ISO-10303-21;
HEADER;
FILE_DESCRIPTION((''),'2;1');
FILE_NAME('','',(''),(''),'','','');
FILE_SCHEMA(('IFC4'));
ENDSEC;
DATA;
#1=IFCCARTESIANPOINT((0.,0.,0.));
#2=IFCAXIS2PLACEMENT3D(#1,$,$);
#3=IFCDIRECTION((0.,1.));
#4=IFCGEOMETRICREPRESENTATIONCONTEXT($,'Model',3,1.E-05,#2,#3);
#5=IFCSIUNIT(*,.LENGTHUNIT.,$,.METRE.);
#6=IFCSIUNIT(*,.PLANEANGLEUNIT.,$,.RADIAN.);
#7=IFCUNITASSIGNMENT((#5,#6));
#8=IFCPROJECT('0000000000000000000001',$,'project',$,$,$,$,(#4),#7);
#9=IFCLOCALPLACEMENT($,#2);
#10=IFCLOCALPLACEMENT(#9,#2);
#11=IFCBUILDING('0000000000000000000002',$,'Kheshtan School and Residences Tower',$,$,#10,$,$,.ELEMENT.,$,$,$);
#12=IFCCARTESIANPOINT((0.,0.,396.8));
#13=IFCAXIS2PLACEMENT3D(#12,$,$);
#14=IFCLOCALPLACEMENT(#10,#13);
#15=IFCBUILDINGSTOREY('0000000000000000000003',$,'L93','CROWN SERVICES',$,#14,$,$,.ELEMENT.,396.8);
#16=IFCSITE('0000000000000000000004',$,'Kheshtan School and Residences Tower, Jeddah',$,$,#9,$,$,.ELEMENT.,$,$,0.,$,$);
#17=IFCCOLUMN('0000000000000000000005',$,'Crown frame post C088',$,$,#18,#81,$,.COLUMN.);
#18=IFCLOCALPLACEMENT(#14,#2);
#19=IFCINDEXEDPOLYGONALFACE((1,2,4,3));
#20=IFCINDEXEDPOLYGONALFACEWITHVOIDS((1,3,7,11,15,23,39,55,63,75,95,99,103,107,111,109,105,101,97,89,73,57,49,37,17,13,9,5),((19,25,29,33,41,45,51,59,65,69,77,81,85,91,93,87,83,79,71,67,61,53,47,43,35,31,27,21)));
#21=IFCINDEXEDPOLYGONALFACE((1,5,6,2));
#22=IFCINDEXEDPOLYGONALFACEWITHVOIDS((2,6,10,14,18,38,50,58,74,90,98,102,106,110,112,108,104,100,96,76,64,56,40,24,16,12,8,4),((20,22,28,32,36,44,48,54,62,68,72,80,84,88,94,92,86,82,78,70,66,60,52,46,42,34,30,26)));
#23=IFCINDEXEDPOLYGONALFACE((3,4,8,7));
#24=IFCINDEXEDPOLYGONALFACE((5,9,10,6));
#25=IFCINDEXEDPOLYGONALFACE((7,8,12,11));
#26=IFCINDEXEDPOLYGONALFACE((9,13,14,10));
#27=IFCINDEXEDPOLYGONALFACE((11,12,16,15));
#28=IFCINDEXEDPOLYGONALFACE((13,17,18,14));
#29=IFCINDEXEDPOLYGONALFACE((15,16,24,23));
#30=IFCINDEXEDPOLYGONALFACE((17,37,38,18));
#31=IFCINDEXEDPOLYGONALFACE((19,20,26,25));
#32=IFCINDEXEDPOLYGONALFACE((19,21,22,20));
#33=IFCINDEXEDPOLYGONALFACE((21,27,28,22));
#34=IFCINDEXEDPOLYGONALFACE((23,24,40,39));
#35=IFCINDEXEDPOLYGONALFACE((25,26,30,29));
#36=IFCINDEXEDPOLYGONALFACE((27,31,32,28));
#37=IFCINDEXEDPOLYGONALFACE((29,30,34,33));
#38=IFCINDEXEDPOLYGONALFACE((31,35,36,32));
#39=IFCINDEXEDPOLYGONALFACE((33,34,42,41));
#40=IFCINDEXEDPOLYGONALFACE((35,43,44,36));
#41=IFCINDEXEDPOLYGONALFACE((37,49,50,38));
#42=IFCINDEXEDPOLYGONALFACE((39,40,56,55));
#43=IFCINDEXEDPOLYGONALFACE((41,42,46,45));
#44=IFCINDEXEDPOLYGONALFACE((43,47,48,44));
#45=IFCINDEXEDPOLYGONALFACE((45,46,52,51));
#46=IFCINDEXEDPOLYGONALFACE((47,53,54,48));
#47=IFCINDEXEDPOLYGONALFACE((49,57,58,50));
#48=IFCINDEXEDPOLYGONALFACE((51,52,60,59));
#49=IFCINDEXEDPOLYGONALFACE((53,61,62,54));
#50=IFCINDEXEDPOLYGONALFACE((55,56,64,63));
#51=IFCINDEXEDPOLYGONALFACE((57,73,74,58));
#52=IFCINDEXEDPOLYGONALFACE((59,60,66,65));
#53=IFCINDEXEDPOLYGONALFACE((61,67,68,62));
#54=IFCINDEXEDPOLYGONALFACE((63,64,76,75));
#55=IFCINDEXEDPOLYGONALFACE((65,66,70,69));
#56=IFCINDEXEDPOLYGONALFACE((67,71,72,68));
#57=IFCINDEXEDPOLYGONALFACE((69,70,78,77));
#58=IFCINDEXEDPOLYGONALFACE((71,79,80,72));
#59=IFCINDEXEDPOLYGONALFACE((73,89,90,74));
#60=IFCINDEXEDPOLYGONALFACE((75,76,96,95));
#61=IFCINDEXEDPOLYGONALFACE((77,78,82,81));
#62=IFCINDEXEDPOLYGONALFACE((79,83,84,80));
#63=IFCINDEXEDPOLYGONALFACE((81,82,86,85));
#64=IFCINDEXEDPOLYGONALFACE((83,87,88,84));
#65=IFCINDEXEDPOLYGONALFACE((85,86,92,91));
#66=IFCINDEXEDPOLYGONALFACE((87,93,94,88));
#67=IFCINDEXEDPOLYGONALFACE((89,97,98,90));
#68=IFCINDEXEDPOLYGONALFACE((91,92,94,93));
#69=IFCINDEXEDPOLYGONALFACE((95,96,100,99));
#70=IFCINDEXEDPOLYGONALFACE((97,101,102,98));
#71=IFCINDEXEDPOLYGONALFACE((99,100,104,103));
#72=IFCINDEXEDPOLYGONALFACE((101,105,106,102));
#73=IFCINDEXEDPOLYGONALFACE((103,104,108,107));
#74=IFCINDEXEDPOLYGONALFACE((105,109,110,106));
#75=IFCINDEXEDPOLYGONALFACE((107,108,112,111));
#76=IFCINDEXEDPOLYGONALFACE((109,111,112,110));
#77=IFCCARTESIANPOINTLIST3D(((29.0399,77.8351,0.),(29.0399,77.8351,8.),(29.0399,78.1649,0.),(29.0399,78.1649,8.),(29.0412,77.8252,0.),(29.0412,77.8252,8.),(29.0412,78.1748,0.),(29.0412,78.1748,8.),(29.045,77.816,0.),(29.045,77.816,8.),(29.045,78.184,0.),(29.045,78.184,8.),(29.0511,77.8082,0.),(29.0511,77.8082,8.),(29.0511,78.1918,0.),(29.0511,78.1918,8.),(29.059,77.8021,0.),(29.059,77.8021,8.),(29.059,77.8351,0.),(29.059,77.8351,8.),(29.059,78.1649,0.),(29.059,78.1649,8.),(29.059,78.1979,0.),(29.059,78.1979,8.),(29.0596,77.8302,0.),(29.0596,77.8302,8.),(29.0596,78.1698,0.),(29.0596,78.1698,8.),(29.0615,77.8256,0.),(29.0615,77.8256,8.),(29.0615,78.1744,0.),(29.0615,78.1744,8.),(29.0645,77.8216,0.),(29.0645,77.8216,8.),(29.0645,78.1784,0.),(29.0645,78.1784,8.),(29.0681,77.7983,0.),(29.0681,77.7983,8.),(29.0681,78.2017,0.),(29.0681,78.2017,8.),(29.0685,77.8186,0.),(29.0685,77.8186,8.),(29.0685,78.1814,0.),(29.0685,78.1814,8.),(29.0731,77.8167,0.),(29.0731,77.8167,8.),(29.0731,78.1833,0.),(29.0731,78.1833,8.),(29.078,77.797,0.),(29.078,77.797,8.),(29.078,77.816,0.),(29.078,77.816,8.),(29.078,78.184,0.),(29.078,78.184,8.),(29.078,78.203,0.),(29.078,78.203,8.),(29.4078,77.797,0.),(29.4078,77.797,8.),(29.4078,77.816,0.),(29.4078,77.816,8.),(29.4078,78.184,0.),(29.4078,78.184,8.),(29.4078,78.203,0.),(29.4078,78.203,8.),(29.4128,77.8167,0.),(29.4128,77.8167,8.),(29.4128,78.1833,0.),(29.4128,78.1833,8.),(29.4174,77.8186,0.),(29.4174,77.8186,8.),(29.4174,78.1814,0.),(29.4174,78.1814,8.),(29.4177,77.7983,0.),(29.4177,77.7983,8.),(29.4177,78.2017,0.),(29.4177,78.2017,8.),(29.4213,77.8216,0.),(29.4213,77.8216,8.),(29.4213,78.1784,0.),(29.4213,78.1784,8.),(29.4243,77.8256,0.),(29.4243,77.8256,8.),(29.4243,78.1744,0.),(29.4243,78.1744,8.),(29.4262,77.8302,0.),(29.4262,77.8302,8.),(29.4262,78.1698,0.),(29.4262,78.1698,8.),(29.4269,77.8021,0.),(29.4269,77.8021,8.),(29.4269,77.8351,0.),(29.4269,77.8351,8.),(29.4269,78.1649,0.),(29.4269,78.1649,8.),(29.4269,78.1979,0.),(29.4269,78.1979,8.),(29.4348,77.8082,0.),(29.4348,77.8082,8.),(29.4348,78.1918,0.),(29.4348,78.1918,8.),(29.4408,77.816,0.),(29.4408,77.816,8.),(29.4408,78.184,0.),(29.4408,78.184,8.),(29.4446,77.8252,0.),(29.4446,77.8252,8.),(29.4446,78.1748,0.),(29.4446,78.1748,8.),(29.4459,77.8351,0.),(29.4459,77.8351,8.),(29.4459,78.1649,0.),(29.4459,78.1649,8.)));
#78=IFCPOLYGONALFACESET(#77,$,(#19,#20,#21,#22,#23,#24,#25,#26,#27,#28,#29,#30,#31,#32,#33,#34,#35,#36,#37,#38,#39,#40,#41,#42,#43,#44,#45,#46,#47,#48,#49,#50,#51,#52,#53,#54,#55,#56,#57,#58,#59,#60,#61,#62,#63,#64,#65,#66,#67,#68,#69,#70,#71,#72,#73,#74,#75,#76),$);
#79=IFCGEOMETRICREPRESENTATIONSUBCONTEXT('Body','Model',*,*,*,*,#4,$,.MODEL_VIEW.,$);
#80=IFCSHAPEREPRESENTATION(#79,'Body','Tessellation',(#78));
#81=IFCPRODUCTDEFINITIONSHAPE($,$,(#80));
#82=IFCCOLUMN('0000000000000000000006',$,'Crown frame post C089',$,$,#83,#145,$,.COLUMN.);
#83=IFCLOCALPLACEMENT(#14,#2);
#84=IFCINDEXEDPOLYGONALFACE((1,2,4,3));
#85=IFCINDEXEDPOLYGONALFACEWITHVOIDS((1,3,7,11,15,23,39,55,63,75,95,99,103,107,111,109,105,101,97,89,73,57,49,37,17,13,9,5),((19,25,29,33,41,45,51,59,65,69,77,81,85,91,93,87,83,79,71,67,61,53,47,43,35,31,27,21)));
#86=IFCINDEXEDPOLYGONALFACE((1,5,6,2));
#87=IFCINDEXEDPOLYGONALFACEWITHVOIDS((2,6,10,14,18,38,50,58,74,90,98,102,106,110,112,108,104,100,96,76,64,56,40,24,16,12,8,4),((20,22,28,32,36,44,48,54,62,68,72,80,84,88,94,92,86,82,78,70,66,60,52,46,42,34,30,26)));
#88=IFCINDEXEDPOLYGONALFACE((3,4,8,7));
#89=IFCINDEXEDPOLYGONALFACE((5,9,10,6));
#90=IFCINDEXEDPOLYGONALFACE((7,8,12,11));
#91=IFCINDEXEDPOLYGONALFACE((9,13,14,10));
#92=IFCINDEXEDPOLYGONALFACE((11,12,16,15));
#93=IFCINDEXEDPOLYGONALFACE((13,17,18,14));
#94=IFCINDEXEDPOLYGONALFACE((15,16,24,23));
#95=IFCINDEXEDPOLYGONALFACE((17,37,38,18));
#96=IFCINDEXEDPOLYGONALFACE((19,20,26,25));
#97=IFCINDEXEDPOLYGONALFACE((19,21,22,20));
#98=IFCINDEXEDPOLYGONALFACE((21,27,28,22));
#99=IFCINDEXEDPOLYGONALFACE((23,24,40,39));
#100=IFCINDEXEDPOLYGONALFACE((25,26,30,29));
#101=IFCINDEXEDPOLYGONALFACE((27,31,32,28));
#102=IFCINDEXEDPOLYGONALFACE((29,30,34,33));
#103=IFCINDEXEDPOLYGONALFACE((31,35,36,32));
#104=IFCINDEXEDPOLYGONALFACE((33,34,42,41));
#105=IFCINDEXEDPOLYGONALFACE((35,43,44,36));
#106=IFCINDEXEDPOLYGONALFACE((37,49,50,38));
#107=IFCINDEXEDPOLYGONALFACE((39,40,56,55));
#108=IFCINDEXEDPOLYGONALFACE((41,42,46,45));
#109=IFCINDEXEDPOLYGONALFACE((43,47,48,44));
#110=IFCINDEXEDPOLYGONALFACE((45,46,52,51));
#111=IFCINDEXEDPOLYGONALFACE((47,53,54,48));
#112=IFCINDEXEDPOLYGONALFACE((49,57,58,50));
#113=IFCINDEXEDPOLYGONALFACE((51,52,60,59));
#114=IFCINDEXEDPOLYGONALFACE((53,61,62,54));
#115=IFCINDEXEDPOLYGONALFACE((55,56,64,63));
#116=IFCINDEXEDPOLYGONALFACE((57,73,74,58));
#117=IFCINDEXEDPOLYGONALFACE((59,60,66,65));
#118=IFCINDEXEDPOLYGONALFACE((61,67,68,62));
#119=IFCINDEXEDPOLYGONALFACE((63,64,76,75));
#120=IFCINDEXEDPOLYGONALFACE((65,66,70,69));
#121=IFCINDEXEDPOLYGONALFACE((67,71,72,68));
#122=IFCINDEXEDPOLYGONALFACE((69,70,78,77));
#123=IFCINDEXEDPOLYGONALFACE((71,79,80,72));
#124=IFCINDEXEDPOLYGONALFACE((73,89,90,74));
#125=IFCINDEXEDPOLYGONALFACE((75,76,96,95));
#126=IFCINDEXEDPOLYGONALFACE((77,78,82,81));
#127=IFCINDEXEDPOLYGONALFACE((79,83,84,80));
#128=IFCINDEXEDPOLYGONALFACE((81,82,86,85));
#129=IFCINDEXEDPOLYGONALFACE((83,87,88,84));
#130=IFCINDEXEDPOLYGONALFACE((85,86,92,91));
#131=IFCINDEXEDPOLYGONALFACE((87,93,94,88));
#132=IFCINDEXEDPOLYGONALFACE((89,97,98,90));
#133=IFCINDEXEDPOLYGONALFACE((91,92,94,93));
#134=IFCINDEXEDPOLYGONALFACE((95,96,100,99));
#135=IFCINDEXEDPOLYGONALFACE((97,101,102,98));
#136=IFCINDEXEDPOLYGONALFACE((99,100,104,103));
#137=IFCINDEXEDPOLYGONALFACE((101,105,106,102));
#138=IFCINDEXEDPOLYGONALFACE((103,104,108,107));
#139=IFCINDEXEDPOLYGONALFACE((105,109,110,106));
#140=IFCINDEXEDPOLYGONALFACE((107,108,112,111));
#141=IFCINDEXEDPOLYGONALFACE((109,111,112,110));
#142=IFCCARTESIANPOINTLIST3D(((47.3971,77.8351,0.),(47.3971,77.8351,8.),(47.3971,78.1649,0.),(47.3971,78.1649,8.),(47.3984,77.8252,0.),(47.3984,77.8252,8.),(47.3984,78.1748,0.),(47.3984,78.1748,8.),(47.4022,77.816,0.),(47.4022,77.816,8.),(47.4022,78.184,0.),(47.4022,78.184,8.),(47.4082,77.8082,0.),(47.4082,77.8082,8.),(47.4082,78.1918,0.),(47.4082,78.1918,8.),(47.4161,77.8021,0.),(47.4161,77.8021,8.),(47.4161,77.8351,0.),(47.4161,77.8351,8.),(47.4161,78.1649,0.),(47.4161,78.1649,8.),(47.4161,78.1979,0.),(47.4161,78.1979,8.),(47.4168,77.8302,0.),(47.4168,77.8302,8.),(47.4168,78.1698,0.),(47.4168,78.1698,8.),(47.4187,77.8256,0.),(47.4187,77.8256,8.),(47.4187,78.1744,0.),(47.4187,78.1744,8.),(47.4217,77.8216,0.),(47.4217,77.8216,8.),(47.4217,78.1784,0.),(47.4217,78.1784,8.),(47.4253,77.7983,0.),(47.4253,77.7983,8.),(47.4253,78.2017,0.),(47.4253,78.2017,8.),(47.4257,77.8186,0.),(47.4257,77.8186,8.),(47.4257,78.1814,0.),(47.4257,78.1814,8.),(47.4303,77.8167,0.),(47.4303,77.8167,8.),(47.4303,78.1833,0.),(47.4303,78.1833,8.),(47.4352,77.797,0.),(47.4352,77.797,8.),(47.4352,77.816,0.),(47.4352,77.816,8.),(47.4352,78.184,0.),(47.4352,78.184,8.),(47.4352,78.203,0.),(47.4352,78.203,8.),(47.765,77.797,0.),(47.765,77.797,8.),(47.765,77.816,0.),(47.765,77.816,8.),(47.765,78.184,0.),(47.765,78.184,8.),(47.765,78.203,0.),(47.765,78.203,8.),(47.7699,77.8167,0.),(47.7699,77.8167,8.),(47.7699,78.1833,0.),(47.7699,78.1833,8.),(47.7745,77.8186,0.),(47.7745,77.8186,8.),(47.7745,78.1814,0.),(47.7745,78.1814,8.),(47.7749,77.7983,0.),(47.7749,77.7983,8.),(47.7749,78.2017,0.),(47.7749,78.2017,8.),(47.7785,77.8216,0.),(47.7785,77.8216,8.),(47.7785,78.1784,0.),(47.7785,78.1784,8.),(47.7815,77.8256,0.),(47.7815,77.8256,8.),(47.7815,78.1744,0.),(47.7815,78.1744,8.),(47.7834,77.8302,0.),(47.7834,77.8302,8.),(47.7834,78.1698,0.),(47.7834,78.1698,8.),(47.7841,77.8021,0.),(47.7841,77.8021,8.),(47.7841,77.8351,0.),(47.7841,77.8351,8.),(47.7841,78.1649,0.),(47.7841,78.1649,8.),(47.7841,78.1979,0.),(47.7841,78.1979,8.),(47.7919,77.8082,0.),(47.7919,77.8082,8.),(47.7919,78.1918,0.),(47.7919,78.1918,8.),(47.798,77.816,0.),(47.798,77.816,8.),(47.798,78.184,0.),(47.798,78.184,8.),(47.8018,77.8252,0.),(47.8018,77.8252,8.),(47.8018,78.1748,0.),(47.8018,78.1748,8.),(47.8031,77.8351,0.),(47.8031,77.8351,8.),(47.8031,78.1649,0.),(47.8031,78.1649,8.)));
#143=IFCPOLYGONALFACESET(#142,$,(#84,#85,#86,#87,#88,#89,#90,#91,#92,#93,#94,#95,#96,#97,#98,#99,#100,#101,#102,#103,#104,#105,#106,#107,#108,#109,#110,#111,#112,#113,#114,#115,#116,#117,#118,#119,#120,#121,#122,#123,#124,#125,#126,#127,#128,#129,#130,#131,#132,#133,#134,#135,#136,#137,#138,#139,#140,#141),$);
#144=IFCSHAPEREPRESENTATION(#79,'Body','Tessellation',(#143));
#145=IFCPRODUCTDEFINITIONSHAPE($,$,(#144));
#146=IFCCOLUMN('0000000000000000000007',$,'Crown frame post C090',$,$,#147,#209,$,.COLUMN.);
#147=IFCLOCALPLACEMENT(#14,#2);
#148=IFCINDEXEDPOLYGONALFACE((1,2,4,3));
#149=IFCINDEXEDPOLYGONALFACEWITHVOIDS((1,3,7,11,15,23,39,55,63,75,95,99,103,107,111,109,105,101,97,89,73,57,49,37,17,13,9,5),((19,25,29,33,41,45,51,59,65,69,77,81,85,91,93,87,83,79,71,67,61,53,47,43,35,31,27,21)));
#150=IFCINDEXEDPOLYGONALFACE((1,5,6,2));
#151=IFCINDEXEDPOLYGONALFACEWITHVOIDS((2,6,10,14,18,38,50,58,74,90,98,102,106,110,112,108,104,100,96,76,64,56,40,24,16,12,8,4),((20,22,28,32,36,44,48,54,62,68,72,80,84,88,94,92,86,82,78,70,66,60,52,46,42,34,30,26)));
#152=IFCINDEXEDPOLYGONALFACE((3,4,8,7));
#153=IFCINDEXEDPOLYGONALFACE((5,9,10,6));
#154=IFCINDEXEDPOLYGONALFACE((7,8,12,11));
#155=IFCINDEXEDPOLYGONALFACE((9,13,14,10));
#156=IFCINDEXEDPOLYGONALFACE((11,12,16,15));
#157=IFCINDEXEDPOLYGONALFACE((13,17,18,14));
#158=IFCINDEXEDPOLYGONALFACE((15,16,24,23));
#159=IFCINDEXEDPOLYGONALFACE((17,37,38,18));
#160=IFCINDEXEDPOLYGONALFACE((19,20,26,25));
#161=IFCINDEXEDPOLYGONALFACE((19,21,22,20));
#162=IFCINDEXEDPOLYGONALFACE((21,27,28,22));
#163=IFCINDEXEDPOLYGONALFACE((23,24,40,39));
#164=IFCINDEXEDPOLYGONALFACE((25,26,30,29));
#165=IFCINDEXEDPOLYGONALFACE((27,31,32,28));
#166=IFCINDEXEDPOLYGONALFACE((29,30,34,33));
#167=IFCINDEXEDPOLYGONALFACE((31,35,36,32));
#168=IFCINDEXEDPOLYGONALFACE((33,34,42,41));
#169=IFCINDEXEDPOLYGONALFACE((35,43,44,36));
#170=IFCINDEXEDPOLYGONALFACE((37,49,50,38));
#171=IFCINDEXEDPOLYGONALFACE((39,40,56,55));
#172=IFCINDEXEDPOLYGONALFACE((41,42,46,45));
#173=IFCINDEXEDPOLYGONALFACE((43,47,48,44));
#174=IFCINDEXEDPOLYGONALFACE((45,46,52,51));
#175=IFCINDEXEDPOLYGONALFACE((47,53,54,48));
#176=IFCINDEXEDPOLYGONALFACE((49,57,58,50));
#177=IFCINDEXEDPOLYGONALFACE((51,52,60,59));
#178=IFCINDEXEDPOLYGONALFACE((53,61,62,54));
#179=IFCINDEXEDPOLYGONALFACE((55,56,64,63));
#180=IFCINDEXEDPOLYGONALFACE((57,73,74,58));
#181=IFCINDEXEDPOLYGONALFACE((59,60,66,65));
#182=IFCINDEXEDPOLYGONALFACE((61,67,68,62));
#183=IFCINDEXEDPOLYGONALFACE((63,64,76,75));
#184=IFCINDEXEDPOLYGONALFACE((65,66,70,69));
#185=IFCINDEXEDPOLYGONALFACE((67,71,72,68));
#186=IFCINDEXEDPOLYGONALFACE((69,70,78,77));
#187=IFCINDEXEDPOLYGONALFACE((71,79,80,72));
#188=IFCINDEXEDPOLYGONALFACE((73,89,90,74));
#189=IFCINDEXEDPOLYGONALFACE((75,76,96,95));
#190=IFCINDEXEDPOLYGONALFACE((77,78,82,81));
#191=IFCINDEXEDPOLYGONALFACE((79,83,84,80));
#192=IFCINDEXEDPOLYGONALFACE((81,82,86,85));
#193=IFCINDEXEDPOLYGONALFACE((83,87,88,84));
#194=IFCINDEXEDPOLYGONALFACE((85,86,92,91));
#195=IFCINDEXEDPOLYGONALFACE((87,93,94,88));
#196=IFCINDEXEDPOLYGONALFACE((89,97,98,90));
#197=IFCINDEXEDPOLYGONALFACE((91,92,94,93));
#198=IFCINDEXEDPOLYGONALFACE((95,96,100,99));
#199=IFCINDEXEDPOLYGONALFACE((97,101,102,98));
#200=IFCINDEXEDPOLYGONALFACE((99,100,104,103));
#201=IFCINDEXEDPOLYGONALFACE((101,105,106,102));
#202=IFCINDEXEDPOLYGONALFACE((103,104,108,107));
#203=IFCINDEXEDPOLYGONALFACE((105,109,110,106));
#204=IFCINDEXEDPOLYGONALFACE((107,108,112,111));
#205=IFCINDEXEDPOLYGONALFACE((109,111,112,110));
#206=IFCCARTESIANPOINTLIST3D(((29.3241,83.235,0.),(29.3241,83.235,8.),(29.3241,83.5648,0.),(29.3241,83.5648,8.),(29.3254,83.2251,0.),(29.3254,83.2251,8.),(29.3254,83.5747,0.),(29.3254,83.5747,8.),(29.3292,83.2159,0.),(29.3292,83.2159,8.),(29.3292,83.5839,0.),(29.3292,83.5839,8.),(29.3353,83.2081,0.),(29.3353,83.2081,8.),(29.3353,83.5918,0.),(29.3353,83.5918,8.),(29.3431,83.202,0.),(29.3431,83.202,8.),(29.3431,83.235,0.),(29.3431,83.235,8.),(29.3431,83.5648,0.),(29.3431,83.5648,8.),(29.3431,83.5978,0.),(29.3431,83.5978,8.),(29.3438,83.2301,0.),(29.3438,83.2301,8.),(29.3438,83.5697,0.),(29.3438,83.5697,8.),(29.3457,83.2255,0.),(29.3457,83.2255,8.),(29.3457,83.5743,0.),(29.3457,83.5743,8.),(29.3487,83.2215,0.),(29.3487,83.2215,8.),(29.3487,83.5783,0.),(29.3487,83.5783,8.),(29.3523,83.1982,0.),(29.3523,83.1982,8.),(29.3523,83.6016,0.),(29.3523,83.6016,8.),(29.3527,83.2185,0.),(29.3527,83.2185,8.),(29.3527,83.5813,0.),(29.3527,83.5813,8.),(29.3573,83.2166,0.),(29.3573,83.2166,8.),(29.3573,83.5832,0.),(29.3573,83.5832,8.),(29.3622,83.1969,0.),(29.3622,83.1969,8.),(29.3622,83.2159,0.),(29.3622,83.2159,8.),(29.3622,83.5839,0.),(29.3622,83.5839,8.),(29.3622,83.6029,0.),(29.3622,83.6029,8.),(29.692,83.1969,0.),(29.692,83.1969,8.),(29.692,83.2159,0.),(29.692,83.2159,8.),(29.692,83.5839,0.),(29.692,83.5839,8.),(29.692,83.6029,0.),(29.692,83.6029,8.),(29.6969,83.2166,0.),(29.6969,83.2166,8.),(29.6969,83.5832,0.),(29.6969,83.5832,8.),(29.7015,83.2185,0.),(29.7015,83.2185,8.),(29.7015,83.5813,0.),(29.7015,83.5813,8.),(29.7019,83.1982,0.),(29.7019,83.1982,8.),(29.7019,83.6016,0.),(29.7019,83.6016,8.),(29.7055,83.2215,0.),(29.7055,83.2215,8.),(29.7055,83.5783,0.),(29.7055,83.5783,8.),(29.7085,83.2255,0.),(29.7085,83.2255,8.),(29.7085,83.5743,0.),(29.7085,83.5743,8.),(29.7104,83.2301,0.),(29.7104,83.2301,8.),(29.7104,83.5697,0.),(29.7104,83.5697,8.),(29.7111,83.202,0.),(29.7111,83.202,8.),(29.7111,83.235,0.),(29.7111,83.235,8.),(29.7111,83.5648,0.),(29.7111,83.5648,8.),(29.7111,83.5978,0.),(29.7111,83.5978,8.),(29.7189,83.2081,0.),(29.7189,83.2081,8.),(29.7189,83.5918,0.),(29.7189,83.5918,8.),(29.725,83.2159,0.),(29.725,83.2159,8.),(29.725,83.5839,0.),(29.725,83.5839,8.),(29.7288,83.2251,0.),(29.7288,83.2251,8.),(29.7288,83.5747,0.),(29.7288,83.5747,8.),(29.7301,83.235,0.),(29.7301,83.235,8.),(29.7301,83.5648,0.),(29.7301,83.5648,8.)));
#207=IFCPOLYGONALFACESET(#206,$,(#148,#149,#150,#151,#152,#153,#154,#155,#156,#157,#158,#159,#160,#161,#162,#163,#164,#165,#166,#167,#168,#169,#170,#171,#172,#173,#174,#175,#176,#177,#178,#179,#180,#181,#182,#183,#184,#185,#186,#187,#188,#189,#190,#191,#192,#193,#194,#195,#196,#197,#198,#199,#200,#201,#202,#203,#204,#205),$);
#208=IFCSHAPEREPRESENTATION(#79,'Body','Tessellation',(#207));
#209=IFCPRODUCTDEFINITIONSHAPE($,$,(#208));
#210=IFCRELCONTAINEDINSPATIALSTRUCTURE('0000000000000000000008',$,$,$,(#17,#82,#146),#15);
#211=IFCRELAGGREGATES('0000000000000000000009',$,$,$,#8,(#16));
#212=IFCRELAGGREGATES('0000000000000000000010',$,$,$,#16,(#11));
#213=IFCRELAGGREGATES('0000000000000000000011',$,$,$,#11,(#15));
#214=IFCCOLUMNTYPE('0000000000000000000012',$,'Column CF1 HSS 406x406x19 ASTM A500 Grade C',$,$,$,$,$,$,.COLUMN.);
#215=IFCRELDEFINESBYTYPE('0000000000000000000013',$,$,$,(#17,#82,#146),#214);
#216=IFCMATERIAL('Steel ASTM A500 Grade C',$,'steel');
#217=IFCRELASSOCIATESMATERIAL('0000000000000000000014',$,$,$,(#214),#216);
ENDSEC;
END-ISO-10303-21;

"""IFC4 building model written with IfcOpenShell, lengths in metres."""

from ifc_helpers import new_model, si_unit, direction, frame, origin, origin_2d, place, context, subcontext, project, spatial, hollow_rectangle, extrude, material, material_profile, profile_set, type_object, element, save


model = new_model("IFC4")

# Units and contexts
model_context = context("Model", 3, precision=1e-05, world=origin(), true_north=direction((0.0, 1.0)))
body_context = subcontext(model_context, "Body", "Model", "MODEL_VIEW")
ifc_project = project(units=[si_unit("LENGTHUNIT", "METRE"), si_unit("PLANEANGLEUNIT", "RADIAN")], contexts=[model_context])

# Site, building, storey
site_placement = place(None, origin())
site = spatial("IfcSite", under=ifc_project, at=site_placement, Name="Kheshtan School and Residences Tower, Jeddah", CompositionType="ELEMENT", RefElevation=0.0)
building_placement = place(site_placement, origin())
building = spatial("IfcBuilding", under=site, at=building_placement, Name="Kheshtan School and Residences Tower", CompositionType="ELEMENT")
storey_placement = place(building_placement, frame((0.0, 0.0, 396.8)))
storey = spatial("IfcBuildingStorey", under=building, at=storey_placement, Name="L93", Description="CROWN SERVICES", CompositionType="ELEMENT", Elevation=396.8)

# Columns
ifc_material_1 = material(Name="Steel ASTM A500 Grade C", Category="steel")
ifc_material_profile_1 = material_profile(ifc_material_1, hollow_rectangle(XDim=0.406, YDim=0.406, WallThickness=0.019, InnerFilletRadius=0.019, OuterFilletRadius=0.0381, at=origin_2d()), Name="HSS 406x406x19")
ifc_profile_set_1 = profile_set([ifc_material_profile_1], Name="Steel ASTM A500 Grade C")
column_type = type_object("IfcColumnType", Name="Column CF1 HSS 406x406x19 ASTM A500 Grade C", PredefinedType="COLUMN", material=ifc_profile_set_1)
for number, where, z_axis, x_axis, name in (
    (1, (29.2429, 78.0, 0.0), (0.0, 0.0, 1.0), (1.0, 0.0, 0.0), "Crown frame post C088"),
    (2, (47.6001, 78.0, 0.0), (0.0, 0.0, 1.0), (1.0, 0.0, 0.0), "Crown frame post C089"),
    (3, (29.5271, 83.3999, 0.0), (0.0, 0.0, 1.0), (1.0, 0.0, 0.0), "Crown frame post C090"),
):
    element("IfcColumn", number, at=place(storey_placement, frame(where, z_axis=z_axis, x_axis=x_axis)), inside=storey, type_object=column_type, Name=name, PredefinedType="COLUMN", context=body_context, shape_type="SweptSolid", body=[
        extrude(hollow_rectangle(XDim=0.406, YDim=0.406, WallThickness=0.019, InnerFilletRadius=0.019, OuterFilletRadius=0.0381, at=origin_2d()), origin(), (0.0, 0.0, 1.0), 8.0),
    ])

save(model, "model.ifc")
